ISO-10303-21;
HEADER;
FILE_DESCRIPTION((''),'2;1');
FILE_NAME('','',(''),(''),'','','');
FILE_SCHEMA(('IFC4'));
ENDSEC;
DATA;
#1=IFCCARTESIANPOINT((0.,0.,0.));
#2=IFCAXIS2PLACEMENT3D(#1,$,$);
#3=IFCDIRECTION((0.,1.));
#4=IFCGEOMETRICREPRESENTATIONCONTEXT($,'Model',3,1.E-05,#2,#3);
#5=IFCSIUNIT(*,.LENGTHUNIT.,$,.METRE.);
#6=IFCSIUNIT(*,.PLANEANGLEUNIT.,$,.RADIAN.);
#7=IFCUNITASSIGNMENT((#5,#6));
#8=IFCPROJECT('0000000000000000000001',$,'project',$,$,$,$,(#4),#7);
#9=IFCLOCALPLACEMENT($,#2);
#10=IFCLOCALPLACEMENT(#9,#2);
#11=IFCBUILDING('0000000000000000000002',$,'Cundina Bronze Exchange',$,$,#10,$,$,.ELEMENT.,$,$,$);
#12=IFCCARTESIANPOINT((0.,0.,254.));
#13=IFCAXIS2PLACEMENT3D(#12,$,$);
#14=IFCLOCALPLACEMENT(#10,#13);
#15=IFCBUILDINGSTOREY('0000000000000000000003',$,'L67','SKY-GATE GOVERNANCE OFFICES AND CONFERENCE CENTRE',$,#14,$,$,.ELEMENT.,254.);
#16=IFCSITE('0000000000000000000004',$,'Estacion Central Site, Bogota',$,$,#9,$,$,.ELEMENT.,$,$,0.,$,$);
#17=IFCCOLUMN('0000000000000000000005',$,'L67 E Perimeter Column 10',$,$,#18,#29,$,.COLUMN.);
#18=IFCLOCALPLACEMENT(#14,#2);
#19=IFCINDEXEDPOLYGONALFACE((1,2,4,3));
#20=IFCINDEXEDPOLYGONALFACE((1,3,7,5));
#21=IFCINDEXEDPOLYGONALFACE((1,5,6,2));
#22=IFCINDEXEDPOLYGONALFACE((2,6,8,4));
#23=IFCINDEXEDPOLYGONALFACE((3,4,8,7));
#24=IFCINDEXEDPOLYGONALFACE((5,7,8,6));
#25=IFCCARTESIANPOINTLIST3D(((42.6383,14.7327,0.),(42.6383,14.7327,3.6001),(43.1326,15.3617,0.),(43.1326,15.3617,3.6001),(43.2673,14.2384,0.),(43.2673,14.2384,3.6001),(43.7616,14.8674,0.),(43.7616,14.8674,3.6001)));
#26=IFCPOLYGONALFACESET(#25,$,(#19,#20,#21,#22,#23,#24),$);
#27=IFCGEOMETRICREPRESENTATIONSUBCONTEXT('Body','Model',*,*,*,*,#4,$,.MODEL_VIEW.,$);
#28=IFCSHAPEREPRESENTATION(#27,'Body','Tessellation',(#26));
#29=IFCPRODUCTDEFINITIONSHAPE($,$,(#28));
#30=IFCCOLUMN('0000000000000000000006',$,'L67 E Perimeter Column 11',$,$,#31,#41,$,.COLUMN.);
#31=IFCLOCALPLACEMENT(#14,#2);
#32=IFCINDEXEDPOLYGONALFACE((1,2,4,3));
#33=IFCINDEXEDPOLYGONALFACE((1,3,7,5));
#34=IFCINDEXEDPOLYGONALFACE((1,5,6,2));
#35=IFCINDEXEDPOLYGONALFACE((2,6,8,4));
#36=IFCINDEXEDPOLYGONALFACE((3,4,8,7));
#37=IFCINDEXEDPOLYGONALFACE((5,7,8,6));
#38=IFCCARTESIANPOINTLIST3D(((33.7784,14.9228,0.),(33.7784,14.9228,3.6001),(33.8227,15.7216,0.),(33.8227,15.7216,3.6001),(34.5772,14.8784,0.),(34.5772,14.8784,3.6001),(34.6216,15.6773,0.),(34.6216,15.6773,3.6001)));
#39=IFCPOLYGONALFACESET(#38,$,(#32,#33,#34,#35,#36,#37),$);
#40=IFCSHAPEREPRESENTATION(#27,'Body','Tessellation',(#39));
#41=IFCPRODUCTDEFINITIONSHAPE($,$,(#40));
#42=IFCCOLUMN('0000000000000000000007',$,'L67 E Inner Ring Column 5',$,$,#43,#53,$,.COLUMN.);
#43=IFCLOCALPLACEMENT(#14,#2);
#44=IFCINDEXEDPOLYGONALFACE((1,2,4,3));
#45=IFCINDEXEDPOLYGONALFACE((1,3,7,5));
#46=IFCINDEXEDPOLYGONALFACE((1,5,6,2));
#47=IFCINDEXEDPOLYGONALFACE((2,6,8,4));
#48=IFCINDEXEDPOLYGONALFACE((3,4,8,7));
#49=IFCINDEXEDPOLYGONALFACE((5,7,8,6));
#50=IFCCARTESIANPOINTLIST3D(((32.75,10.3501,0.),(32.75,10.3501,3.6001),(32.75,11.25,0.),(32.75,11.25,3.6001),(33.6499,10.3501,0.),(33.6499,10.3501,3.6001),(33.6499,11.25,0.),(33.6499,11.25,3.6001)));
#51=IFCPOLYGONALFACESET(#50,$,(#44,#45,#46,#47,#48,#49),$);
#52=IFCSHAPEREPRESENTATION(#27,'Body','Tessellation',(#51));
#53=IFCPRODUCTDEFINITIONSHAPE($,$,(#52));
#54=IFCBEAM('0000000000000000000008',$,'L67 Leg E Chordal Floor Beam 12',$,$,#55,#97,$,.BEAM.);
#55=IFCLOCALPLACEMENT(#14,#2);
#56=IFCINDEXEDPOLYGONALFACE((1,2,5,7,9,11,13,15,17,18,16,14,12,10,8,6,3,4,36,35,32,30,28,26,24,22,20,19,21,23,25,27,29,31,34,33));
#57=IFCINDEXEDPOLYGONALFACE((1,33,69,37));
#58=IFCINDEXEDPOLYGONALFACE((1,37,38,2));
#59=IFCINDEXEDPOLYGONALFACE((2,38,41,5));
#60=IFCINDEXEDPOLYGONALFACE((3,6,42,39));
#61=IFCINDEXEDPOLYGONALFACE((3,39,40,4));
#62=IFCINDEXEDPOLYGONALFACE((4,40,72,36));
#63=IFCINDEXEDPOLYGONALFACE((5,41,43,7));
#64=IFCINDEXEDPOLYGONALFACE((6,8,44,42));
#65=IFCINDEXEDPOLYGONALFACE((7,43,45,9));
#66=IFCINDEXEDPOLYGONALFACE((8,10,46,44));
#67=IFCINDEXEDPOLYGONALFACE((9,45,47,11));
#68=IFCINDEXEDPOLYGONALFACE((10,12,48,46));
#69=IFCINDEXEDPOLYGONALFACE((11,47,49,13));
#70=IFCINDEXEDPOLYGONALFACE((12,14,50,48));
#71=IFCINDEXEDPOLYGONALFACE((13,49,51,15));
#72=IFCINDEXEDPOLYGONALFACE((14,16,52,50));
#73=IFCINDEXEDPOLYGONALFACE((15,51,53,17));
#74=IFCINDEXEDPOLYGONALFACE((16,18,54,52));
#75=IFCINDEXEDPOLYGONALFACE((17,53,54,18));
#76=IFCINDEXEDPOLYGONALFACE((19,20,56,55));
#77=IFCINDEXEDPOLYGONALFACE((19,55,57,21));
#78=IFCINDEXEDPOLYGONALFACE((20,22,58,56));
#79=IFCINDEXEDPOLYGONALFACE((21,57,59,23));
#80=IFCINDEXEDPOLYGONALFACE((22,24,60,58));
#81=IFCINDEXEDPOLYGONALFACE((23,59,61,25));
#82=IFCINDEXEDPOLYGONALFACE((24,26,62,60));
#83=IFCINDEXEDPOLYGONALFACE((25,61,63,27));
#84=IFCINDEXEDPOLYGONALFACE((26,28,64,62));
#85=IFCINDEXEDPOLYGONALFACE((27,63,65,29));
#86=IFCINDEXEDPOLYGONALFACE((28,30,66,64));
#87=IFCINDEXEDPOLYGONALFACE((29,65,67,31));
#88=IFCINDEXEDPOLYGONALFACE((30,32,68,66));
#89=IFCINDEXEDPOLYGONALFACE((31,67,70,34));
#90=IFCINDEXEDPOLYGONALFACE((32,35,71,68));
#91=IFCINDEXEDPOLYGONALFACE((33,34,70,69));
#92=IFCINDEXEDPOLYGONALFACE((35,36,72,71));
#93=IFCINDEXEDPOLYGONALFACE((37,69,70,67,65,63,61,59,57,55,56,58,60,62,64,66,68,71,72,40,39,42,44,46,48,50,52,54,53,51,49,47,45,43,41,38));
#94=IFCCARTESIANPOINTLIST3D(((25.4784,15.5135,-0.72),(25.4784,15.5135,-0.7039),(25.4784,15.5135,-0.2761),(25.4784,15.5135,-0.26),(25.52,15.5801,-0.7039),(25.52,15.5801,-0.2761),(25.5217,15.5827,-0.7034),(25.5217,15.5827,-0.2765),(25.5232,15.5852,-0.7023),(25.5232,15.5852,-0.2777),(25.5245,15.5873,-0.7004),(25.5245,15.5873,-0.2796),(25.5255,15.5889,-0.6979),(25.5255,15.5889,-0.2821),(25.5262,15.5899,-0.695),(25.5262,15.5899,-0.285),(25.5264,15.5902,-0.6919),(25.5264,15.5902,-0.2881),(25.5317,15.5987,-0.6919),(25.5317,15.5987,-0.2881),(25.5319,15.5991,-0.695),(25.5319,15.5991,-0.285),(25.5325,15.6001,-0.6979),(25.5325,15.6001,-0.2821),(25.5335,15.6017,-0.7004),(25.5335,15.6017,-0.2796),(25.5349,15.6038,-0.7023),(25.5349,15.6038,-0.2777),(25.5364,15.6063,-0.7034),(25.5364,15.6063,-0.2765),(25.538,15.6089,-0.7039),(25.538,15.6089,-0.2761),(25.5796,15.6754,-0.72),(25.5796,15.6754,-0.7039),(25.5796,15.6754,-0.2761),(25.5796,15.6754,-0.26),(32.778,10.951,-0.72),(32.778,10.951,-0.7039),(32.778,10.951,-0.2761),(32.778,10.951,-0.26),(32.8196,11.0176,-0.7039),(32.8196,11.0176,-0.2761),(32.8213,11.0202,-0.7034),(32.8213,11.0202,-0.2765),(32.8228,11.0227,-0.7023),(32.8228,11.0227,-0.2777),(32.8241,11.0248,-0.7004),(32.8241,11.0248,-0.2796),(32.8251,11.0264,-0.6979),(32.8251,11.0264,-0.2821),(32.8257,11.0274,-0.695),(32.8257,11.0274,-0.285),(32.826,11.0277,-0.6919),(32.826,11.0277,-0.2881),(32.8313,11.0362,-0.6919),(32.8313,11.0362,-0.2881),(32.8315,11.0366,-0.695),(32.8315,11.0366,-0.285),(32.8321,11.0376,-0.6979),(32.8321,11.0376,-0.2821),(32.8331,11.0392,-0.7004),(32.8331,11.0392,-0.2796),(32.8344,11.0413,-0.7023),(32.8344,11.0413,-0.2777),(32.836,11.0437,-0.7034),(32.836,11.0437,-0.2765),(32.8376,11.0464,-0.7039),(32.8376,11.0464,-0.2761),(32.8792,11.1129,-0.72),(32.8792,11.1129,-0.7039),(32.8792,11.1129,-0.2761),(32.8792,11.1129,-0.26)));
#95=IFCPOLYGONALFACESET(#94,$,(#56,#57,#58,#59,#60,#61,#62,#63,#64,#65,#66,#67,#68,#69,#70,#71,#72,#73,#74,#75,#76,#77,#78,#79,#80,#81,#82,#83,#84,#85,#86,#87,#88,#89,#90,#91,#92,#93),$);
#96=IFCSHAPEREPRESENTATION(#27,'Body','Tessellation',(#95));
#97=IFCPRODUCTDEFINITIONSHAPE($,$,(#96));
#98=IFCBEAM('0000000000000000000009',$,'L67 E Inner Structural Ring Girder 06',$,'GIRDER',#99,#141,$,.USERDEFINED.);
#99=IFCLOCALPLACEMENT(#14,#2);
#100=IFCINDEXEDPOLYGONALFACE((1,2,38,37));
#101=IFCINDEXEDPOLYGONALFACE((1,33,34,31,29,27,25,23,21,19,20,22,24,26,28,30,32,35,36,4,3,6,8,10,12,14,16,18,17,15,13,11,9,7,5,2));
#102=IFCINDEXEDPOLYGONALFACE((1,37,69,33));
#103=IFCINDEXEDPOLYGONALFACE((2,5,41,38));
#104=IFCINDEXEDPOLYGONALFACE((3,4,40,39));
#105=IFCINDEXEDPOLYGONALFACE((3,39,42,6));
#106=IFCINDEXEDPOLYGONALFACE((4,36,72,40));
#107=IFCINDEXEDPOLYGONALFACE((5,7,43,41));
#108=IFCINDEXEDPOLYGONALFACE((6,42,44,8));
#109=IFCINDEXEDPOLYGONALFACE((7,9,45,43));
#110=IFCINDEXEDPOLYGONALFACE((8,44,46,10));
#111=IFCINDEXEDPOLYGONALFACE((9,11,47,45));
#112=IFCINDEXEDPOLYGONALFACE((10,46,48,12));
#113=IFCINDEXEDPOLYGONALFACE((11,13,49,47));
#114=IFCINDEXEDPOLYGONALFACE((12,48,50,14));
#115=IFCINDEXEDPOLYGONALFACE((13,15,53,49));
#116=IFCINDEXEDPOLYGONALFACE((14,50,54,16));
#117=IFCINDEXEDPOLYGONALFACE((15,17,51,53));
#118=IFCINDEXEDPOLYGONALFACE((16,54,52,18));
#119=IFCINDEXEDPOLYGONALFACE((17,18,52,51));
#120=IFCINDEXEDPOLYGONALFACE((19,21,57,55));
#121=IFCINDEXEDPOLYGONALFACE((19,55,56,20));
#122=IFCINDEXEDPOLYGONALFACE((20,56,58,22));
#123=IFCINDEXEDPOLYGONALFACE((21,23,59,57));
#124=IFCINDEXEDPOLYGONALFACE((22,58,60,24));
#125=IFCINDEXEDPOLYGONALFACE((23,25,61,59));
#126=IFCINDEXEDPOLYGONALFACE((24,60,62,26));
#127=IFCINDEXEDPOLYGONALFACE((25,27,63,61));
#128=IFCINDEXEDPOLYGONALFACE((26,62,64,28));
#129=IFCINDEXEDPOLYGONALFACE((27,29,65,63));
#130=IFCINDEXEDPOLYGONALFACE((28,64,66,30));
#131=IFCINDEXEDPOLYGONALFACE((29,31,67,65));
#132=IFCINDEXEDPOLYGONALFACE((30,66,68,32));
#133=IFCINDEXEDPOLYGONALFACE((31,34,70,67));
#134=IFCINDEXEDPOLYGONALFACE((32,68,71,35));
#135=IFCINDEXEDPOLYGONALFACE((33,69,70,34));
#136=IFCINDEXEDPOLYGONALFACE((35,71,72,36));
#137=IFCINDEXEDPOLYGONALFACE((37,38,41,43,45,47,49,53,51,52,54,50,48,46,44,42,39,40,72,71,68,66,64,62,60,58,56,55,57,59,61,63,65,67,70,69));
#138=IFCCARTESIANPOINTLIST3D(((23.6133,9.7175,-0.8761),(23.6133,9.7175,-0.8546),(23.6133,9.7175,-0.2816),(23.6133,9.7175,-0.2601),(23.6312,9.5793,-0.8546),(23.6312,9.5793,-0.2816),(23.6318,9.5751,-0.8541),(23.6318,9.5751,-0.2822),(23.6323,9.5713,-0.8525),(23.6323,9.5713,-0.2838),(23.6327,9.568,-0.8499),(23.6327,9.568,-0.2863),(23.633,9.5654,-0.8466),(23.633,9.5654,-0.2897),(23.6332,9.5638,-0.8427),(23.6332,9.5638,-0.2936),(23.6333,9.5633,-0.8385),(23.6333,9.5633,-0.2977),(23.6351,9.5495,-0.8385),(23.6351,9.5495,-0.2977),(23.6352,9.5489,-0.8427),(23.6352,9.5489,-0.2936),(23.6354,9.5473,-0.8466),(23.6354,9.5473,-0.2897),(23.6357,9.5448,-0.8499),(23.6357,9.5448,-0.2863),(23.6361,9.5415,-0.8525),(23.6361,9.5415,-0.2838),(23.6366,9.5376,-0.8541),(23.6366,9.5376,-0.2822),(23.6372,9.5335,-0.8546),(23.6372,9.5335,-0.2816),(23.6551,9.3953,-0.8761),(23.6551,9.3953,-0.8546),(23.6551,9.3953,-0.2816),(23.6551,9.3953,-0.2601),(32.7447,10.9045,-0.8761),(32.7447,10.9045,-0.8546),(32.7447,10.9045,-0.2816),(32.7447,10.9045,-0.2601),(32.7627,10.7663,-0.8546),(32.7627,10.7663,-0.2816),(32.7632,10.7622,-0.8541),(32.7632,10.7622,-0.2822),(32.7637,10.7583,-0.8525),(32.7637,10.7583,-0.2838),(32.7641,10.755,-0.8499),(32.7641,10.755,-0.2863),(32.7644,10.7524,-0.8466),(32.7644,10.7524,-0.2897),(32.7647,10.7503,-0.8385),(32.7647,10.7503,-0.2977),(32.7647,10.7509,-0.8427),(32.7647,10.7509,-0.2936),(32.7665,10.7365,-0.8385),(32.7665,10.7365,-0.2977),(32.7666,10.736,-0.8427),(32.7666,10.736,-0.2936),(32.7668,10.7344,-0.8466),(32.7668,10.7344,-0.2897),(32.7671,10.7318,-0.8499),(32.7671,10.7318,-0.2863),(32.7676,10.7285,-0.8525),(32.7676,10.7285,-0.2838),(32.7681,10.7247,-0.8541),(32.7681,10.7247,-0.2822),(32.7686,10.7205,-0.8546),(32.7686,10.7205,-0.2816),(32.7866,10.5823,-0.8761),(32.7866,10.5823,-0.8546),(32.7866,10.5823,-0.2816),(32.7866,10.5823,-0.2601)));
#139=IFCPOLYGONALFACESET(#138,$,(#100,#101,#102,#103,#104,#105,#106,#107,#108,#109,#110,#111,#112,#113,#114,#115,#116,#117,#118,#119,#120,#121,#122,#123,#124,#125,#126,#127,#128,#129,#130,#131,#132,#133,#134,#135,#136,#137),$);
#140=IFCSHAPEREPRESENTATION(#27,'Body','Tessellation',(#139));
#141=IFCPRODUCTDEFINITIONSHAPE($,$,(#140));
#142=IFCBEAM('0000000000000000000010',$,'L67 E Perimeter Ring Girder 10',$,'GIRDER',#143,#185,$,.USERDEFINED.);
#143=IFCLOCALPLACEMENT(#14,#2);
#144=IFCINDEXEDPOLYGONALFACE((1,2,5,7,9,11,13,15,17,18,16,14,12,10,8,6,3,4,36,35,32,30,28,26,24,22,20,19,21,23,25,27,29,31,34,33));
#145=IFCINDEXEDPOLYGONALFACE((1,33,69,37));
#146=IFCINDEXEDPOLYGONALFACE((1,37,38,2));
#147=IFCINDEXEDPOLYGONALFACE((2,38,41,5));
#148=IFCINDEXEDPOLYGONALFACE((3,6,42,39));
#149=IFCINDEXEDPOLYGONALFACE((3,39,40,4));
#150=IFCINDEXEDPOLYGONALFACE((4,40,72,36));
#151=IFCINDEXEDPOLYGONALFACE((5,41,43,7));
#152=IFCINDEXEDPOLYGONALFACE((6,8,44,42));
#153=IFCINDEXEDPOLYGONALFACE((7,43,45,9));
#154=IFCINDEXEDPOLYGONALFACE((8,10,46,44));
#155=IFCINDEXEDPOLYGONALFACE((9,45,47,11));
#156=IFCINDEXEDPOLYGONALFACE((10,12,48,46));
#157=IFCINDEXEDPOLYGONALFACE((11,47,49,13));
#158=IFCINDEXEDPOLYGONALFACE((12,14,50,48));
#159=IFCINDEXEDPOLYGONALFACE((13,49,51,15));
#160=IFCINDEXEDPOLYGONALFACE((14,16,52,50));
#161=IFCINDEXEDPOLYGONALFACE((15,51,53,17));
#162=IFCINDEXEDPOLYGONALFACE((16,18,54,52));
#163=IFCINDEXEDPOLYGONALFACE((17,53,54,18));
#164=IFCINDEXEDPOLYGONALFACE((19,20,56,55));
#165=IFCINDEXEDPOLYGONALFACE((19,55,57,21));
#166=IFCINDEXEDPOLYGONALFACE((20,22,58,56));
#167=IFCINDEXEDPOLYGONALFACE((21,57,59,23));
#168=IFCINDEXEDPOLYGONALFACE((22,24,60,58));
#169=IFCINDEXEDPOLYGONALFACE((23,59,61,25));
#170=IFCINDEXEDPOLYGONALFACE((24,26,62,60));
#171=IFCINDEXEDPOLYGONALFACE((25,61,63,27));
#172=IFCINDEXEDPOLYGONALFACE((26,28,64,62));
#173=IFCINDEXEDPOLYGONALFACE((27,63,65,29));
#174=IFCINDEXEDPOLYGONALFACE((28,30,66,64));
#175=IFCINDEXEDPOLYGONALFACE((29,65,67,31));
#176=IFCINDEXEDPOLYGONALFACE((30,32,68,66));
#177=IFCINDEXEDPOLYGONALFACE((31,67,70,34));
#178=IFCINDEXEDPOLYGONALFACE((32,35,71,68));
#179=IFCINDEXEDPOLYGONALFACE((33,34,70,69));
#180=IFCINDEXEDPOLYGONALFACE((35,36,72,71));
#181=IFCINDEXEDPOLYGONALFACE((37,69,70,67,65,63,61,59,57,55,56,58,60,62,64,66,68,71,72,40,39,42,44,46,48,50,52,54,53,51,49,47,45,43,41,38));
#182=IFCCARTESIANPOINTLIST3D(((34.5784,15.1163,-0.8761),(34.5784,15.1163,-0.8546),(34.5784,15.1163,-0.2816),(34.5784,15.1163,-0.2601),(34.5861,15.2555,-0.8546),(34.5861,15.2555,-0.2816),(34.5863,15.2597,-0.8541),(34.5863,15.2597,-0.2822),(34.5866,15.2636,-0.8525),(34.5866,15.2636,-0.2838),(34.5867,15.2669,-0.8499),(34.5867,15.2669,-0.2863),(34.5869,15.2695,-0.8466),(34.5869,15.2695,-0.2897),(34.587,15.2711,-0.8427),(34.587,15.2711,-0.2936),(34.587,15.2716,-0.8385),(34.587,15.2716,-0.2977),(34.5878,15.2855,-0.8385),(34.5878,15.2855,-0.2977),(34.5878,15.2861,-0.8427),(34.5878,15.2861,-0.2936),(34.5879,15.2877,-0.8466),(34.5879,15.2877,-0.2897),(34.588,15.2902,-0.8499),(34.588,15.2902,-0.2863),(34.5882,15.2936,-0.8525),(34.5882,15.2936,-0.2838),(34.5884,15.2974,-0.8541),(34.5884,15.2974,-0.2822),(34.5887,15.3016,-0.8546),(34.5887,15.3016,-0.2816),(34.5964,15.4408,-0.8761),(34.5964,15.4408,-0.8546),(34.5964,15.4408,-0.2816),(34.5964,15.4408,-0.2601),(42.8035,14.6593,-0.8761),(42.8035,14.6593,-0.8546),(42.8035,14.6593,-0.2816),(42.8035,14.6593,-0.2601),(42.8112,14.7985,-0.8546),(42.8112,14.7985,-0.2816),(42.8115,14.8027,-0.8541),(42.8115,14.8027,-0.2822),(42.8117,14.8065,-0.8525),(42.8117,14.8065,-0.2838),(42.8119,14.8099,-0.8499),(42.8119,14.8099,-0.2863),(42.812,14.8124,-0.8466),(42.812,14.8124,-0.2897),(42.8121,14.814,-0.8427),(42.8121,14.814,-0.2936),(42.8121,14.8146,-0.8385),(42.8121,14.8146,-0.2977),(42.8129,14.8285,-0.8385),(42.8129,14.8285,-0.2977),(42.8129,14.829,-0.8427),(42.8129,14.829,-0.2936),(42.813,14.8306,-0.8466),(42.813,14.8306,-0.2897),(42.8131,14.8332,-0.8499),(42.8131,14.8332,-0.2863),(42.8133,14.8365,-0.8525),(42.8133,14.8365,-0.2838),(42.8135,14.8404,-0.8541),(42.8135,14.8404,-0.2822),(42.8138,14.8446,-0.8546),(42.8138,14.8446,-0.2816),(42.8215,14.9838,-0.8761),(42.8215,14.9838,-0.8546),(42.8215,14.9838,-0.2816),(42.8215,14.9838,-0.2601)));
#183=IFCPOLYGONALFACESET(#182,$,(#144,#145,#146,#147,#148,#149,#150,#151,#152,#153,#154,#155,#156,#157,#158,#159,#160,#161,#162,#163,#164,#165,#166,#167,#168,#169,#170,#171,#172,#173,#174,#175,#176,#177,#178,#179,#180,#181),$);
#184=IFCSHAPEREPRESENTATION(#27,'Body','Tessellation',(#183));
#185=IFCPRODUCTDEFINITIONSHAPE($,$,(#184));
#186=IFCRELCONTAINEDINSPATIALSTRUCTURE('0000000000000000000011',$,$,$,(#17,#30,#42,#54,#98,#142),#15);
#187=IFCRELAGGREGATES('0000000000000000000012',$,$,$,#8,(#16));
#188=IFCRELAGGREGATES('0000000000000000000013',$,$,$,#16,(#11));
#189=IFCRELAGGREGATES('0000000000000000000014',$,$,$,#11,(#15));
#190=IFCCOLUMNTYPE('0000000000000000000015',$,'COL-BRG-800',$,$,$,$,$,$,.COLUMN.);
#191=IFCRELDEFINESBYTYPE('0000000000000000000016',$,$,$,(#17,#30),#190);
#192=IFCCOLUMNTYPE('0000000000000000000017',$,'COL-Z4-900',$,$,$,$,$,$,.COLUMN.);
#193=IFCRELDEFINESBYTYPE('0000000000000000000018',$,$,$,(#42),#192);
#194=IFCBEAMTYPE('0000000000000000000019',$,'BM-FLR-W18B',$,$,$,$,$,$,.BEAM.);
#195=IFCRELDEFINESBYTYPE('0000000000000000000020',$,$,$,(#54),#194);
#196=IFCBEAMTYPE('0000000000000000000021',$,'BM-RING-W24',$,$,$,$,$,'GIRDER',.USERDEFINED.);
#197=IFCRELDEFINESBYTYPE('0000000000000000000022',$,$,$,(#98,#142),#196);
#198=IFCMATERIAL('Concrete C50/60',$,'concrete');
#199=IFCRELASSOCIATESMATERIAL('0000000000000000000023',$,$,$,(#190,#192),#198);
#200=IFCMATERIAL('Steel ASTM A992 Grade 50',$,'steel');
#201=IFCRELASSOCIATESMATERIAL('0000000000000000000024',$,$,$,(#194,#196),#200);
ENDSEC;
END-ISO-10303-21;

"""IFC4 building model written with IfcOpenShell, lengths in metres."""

from ifc_helpers import new_model, si_unit, direction, frame, origin, origin_2d, place, context, subcontext, project, spatial, rectangle, i_section, extrude, material, material_profile, profile_set, type_object, element, save


model = new_model("IFC4")

# Units and contexts
model_context = context("Model", 3, precision=1e-05, world=origin(), true_north=direction((0.0, 1.0)))
body_context = subcontext(model_context, "Body", "Model", "MODEL_VIEW")
ifc_project = project(units=[si_unit("LENGTHUNIT", "METRE"), si_unit("PLANEANGLEUNIT", "RADIAN")], contexts=[model_context])

# Site, building, storey
site_placement = place(None, origin())
site = spatial("IfcSite", under=ifc_project, at=site_placement, Name="Estacion Central Site, Bogota", CompositionType="ELEMENT", RefElevation=0.0)
building_placement = place(site_placement, origin())
building = spatial("IfcBuilding", under=site, at=building_placement, Name="Cundina Bronze Exchange", CompositionType="ELEMENT")
storey_placement = place(building_placement, frame((0.0, 0.0, 254.0)))
storey = spatial("IfcBuildingStorey", under=building, at=storey_placement, Name="L67", Description="SKY-GATE GOVERNANCE OFFICES AND CONFERENCE CENTRE", CompositionType="ELEMENT", Elevation=254.0)

# Columns
ifc_material_1 = material(Name="Concrete C50/60", Category="concrete")
ifc_material_profile_1 = material_profile(ifc_material_1, rectangle(XDim=0.8, YDim=0.8, at=origin_2d()), Name="RC800X800", Category="concrete")
ifc_profile_set_1 = profile_set([ifc_material_profile_1], Name="Concrete C50/60")
column_type_1 = type_object("IfcColumnType", Name="COL-BRG-800", PredefinedType="COLUMN", material=ifc_profile_set_1)
for number, where, z_axis, x_axis, name in (
    (1, (43.2, 14.8, 0.0), (0.0, 0.0, 1.0), (-0.786288, 0.61786, 0.0), "L67 E Perimeter Column 10"),
    (2, (34.2, 15.3, 0.0), (0.0, 0.0, 1.0), (-0.99846, 0.055473, 0.0), "L67 E Perimeter Column 11"),
):
    element("IfcColumn", number, at=place(storey_placement, frame(where, z_axis=z_axis, x_axis=x_axis)), inside=storey, type_object=column_type_1, Name=name, PredefinedType="COLUMN", context=body_context, shape_type="SweptSolid", body=[
        extrude(rectangle(XDim=0.8, YDim=0.8, at=origin_2d()), origin(), (0.0, 0.0, 1.0), 3.6001),
    ])
ifc_material_profile_2 = material_profile(ifc_material_1, rectangle(XDim=0.8999, YDim=0.8999, at=origin_2d()), Name="RC900X900", Category="concrete")
ifc_profile_set_2 = profile_set([ifc_material_profile_2], Name="Concrete C50/60")
column_type_2 = type_object("IfcColumnType", Name="COL-Z4-900", PredefinedType="COLUMN", material=ifc_profile_set_2)
column_placement = place(storey_placement, frame((33.2, 10.8, 0.0), z_axis=(0.0, 0.0, 1.0), x_axis=(1.0, 0.0, 0.0)))
element("IfcColumn", 3, at=column_placement, inside=storey, type_object=column_type_2, Name="L67 E Inner Ring Column 5", PredefinedType="COLUMN", context=body_context, shape_type="SweptSolid", body=[
    extrude(rectangle(XDim=0.8999, YDim=0.8999, at=origin_2d()), origin(), (0.0, 0.0, 1.0), 3.6001),
])

# Beams
ifc_material_2 = material(Name="Steel ASTM A992 Grade 50", Category="steel")
ifc_material_profile_3 = material_profile(ifc_material_2, i_section(OverallWidth=0.1909, OverallDepth=0.46, WebThickness=0.01, FlangeThickness=0.0161, FilletRadius=0.012, at=origin_2d()), Name="W18X55", Category="steel")
ifc_profile_set_3 = profile_set([ifc_material_profile_3], Name="Steel ASTM A992 Grade 50")
beam_type_1 = type_object("IfcBeamType", Name="BM-FLR-W18B", PredefinedType="BEAM", material=ifc_profile_set_3)
beam_1_placement = place(storey_placement, frame((32.8286, 11.032, -0.49), z_axis=(-0.847984, 0.530022, 0.0), x_axis=(-0.530022, -0.847984, 0.0)))
element("IfcBeam", 4, at=beam_1_placement, inside=storey, type_object=beam_type_1, Name="L67 Leg E Chordal Floor Beam 12", PredefinedType="BEAM", context=body_context, shape_type="SweptSolid", body=[
    extrude(i_section(OverallWidth=0.1909, OverallDepth=0.46, WebThickness=0.01, FlangeThickness=0.0161, FilletRadius=0.012, at=origin_2d()), origin(), (0.0, 0.0, 1.0), 8.6082),
])
ifc_material_profile_4 = material_profile(ifc_material_2, i_section(OverallWidth=0.325, OverallDepth=0.616, WebThickness=0.0139, FlangeThickness=0.0215, FilletRadius=0.0161, at=origin_2d()), Name="W24X117", Category="steel")
ifc_profile_set_4 = profile_set([ifc_material_profile_4], Name="Steel ASTM A992 Grade 50")
beam_type_2 = type_object("IfcBeamType", Name="BM-RING-W24", ElementType="GIRDER", PredefinedType="USERDEFINED", material=ifc_profile_set_4)
beam_2_placement = place(storey_placement, frame((32.7656, 10.7434, -0.5681), z_axis=(-0.991656, -0.128908, 0.0), x_axis=(0.128908, -0.991656, 0.0)))
element("IfcBeam", 5, at=beam_2_placement, inside=storey, type_object=beam_type_2, Name="L67 E Inner Structural Ring Girder 06", ObjectType="GIRDER", PredefinedType="USERDEFINED", context=body_context, shape_type="SweptSolid", body=[
    extrude(i_section(OverallWidth=0.325, OverallDepth=0.616, WebThickness=0.0139, FlangeThickness=0.0215, FilletRadius=0.0161, at=origin_2d()), origin(), (0.0, 0.0, 1.0), 9.2083),
])
for number, where, z_axis, x_axis, name in (
    (6, (42.8125, 14.8215, -0.5681), (-0.99846, 0.05548, 0.0), (-0.05548, -0.99846, 0.0), "L67 E Perimeter Ring Girder 10"),
):
    element("IfcBeam", number, at=place(storey_placement, frame(where, z_axis=z_axis, x_axis=x_axis)), inside=storey, type_object=beam_type_2, Name=name, ObjectType="GIRDER", PredefinedType="USERDEFINED", context=body_context, shape_type="SweptSolid", body=[
        extrude(i_section(OverallWidth=0.325, OverallDepth=0.616, WebThickness=0.0139, FlangeThickness=0.0215, FilletRadius=0.0161, at=origin_2d()), origin(), (0.0, 0.0, 1.0), 8.2378),
    ])

save(model, "model.ifc")
